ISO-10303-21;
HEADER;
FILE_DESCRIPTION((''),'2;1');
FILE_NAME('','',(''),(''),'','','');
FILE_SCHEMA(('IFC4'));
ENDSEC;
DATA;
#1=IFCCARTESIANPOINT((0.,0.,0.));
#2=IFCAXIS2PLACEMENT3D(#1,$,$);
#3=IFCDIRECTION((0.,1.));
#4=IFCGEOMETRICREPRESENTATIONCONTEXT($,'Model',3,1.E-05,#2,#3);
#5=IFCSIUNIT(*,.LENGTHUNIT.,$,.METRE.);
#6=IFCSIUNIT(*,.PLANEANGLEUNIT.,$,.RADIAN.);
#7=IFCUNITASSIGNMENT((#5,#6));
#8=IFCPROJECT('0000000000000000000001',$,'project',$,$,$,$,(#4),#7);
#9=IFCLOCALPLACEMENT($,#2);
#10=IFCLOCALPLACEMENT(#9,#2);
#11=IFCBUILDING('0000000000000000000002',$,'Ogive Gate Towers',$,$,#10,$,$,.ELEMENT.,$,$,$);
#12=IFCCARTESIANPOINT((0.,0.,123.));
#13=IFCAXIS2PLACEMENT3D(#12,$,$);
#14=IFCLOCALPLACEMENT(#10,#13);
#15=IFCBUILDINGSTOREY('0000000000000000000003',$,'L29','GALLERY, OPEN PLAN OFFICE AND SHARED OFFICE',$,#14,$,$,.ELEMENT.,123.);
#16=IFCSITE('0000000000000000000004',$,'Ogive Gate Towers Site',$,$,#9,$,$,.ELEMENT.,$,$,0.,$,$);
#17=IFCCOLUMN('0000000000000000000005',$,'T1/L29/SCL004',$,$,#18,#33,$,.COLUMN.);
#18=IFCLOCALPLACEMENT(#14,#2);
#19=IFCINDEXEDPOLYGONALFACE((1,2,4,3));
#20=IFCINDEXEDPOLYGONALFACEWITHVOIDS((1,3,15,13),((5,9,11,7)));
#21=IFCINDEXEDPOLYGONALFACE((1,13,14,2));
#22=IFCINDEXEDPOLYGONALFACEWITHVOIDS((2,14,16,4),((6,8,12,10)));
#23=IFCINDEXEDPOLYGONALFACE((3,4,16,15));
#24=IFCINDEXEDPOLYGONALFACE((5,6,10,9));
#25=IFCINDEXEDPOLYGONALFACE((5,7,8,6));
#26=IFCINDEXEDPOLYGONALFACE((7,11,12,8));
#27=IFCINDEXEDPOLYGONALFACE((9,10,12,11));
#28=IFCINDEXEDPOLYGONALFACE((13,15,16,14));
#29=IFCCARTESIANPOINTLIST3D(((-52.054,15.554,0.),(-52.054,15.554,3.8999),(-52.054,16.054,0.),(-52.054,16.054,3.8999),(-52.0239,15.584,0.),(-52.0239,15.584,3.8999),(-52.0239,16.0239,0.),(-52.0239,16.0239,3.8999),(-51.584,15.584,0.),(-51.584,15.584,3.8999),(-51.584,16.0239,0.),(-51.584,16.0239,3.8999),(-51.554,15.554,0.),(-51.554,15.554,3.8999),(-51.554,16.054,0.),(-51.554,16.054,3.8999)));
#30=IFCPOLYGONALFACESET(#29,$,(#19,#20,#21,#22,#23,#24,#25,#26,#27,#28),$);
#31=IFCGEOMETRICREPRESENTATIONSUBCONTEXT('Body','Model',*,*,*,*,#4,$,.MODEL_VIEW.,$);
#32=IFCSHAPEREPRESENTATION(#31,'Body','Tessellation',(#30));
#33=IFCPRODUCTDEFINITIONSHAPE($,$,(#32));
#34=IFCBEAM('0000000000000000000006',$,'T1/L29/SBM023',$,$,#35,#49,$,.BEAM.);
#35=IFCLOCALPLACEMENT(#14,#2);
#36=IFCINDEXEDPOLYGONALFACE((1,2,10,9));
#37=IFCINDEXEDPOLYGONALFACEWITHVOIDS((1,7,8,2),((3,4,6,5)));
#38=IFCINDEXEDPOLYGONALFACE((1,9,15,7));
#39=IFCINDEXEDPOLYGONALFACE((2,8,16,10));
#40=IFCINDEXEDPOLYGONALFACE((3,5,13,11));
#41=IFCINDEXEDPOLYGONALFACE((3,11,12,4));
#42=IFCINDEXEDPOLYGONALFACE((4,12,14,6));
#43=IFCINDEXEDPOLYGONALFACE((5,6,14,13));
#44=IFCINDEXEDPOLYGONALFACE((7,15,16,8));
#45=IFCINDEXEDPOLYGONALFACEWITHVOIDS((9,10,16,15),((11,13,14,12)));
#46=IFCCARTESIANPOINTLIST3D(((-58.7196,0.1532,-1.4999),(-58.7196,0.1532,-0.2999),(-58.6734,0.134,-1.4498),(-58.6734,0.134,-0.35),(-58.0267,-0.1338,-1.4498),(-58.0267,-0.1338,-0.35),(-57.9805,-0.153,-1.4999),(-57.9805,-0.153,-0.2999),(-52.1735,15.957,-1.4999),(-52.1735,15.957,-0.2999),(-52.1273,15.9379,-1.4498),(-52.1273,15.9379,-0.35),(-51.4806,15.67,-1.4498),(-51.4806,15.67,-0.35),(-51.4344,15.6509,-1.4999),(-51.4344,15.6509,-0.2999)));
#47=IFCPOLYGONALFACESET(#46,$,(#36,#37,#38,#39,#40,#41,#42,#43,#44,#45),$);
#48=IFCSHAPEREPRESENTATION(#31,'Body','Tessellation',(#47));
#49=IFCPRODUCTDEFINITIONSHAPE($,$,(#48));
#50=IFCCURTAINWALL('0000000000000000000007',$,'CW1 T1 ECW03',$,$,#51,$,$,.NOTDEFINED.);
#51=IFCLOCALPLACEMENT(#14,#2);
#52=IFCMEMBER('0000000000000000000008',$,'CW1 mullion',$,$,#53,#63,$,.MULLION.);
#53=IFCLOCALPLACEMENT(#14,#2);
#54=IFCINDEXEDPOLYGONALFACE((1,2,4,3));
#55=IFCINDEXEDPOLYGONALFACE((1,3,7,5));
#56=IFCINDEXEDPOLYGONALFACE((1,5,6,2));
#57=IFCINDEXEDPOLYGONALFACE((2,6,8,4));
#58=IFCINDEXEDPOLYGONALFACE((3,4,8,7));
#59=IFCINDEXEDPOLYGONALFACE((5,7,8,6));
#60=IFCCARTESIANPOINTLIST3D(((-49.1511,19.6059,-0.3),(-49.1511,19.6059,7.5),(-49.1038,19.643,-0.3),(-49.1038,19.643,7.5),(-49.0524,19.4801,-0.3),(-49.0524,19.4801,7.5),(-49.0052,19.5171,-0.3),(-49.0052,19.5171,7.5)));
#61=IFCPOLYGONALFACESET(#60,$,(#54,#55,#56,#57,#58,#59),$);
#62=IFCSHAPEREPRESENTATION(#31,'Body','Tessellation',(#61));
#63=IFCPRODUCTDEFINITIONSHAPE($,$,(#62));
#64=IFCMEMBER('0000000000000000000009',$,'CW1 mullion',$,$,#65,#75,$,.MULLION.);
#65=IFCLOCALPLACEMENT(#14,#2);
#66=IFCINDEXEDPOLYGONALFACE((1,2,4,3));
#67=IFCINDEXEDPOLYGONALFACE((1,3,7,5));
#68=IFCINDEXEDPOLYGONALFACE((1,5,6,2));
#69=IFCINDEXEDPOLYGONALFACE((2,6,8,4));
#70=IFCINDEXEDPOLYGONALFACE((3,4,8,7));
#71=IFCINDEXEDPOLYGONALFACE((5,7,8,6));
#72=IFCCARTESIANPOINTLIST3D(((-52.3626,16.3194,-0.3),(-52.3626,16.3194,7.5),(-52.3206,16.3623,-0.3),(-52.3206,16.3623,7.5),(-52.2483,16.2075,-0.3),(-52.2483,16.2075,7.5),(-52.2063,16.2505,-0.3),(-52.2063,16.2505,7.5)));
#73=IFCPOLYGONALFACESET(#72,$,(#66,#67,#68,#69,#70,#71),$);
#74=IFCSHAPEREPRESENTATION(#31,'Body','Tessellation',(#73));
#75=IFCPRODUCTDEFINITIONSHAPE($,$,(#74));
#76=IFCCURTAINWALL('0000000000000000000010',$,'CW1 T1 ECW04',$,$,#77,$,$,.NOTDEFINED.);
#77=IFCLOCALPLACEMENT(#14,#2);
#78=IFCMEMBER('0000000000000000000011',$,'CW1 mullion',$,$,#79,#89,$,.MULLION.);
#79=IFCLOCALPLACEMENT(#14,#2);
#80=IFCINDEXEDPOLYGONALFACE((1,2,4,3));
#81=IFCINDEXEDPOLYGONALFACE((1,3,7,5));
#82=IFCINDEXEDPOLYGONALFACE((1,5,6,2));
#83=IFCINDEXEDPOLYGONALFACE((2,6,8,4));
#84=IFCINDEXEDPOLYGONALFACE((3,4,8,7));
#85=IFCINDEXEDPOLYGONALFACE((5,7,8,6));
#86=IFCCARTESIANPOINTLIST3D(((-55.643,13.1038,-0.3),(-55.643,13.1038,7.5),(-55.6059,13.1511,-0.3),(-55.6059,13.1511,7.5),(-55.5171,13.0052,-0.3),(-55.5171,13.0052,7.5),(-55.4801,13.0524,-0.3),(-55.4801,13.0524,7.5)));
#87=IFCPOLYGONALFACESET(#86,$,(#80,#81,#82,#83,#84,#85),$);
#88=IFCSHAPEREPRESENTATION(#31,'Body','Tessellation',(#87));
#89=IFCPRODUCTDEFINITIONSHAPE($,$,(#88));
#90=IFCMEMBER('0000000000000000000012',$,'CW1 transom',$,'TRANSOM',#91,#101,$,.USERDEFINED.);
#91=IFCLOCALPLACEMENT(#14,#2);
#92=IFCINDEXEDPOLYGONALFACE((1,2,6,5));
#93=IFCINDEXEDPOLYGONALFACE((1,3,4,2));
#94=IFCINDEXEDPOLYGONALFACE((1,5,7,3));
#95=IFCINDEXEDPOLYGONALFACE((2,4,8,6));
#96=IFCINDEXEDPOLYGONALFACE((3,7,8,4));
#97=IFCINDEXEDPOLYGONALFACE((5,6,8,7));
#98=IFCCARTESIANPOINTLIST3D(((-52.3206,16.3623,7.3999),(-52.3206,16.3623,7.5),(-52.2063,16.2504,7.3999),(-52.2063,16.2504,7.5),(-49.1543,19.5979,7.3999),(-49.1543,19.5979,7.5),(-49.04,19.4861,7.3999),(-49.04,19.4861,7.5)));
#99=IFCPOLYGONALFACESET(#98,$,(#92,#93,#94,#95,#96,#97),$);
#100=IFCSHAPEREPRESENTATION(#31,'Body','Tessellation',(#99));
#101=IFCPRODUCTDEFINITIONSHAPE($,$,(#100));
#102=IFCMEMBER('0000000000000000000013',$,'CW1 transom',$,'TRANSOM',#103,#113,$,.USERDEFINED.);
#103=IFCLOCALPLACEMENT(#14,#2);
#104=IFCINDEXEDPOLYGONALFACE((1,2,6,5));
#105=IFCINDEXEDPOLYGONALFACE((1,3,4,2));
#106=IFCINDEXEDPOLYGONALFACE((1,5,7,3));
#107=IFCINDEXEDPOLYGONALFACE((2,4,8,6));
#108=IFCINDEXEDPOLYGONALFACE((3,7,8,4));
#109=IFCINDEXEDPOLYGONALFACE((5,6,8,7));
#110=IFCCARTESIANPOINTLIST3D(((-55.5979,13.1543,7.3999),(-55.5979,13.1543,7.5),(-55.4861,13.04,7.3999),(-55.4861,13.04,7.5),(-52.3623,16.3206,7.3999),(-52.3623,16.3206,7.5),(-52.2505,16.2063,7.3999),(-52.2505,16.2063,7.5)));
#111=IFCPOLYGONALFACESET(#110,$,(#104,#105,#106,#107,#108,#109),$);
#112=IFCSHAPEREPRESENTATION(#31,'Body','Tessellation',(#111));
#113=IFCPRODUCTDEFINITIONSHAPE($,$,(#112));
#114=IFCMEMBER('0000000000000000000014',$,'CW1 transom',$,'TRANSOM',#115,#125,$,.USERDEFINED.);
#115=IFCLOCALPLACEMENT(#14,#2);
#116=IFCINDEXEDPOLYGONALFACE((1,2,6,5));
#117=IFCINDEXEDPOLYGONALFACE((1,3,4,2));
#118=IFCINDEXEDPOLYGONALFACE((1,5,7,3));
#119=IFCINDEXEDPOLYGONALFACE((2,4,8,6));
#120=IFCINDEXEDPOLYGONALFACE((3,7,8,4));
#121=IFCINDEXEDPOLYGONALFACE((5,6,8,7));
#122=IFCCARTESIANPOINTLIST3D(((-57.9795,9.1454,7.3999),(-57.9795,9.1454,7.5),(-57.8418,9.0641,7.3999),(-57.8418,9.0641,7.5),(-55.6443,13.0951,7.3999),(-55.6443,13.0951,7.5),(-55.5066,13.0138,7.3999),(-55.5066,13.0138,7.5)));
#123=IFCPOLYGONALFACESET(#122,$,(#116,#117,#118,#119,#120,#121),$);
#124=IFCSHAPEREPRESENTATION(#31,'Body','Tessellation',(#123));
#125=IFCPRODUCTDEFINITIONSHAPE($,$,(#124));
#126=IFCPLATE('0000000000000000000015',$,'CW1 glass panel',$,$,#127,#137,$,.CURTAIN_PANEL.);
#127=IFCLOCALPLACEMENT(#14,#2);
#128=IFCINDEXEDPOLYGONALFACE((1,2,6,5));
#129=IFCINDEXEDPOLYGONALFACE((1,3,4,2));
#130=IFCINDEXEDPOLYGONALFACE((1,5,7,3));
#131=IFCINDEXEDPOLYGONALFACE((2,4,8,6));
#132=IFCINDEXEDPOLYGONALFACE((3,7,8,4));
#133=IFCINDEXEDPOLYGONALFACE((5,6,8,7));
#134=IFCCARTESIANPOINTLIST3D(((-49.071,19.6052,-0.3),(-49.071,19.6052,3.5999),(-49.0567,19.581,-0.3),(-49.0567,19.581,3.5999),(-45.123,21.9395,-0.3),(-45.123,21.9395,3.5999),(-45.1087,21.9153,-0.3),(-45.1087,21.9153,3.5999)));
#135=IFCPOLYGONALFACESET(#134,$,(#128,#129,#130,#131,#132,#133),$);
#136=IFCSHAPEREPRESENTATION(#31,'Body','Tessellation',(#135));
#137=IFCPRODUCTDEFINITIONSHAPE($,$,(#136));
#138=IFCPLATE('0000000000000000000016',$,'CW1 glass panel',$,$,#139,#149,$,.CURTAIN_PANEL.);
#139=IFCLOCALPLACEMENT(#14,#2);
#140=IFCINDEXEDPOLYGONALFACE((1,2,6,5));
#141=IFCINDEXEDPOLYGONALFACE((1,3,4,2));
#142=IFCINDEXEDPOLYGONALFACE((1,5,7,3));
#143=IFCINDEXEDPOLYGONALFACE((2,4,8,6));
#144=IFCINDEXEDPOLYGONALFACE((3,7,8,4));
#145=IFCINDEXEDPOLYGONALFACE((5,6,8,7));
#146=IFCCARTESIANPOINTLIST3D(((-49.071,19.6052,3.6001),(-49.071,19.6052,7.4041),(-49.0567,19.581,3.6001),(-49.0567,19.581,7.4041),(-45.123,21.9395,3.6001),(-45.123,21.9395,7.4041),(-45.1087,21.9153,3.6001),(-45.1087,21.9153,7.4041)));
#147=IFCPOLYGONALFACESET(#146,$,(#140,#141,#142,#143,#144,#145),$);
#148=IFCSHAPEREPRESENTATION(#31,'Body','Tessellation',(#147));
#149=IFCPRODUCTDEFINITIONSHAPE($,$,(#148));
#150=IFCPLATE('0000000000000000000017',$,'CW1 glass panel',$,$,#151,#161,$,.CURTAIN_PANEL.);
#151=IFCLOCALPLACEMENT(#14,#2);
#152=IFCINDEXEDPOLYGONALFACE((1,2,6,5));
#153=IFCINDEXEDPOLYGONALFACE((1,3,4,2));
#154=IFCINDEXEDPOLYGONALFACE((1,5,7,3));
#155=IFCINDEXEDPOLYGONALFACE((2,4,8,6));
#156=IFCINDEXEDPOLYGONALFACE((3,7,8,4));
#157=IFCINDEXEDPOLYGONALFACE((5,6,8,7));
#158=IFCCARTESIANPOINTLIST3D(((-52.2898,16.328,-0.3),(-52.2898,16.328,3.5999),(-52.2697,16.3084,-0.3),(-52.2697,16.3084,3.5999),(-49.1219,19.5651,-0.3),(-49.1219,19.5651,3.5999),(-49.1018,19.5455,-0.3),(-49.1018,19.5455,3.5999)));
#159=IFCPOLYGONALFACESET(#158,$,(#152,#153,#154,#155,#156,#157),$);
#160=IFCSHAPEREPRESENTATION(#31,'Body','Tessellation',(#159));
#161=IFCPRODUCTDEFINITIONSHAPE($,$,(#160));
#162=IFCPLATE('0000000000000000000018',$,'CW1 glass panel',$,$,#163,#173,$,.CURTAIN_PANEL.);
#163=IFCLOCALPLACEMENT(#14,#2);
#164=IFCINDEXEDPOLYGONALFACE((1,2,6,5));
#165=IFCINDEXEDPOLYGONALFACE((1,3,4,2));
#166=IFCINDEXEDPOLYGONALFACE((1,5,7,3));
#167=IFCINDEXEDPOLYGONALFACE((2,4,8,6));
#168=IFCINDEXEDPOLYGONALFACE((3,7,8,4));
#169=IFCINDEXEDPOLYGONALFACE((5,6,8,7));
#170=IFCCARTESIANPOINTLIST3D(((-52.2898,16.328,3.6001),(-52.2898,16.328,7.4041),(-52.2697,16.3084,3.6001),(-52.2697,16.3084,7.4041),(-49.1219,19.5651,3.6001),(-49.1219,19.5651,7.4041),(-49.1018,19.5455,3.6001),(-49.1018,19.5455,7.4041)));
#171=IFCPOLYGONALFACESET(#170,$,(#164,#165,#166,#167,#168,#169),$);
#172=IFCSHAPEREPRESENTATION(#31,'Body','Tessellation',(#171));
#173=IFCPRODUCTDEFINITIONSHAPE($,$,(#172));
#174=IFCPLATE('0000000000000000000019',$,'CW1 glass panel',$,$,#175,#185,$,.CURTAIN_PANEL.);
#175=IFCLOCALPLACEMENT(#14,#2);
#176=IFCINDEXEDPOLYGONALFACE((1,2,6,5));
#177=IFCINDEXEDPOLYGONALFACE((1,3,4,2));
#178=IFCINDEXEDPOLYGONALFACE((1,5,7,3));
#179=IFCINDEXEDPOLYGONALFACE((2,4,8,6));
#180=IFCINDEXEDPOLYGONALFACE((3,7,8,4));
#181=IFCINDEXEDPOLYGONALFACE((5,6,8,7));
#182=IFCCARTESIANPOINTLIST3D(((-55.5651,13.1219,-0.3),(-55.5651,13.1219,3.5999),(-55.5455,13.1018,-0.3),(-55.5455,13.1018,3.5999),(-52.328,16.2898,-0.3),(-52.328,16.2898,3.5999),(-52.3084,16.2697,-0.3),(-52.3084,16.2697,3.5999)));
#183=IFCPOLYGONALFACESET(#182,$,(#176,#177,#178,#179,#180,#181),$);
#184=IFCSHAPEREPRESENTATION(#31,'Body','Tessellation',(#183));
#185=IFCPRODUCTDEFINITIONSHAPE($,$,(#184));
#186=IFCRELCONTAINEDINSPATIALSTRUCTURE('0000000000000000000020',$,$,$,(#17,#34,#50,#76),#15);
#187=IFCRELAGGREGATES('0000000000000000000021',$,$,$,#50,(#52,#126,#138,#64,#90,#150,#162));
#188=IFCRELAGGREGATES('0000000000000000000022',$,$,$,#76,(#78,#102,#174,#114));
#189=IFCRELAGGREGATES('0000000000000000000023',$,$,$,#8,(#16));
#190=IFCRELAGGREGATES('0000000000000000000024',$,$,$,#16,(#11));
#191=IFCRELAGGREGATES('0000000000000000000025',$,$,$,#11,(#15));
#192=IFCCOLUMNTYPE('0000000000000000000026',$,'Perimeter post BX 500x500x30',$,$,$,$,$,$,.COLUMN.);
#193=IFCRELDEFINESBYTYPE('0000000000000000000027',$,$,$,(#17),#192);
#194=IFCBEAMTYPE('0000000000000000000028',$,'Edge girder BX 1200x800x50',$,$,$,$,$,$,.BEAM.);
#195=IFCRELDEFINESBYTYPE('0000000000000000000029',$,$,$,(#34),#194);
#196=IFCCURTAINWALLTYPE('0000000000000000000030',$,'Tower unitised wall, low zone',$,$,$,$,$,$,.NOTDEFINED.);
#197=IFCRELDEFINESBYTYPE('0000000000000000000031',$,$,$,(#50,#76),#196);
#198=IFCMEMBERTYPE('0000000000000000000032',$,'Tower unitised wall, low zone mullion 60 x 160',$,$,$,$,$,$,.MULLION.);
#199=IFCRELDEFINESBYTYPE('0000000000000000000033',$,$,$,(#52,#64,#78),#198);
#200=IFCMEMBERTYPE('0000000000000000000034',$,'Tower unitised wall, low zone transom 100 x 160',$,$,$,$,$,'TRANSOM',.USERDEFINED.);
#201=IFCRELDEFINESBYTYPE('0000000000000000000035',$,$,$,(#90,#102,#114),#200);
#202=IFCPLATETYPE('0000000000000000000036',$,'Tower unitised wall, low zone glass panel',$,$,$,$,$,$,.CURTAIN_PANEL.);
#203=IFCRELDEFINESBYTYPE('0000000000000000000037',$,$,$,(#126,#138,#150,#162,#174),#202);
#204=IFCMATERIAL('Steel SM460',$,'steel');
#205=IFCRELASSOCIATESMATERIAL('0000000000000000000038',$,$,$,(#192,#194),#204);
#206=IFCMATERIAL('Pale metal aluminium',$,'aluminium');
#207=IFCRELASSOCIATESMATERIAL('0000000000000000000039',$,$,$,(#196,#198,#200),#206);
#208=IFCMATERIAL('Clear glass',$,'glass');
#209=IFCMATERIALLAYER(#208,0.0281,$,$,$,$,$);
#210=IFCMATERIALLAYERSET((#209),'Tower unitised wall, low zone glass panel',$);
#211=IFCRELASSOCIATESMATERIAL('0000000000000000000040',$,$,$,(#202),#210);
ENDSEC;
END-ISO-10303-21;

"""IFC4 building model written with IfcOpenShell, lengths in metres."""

from ifc_helpers import new_model, si_unit, direction, frame, origin, origin_2d, place, context, subcontext, project, spatial, rectangle, hollow_rectangle, extrude, material, layer, layer_set, material_profile, profile_set, type_object, element, aggregate, save


model = new_model("IFC4")

# Units and contexts
model_context = context("Model", 3, precision=1e-05, world=origin(), true_north=direction((0.0, 1.0)))
body_context = subcontext(model_context, "Body", "Model", "MODEL_VIEW")
ifc_project = project(units=[si_unit("LENGTHUNIT", "METRE"), si_unit("PLANEANGLEUNIT", "RADIAN")], contexts=[model_context])

# Site, building, storey
site_placement = place(None, origin())
site = spatial("IfcSite", under=ifc_project, at=site_placement, Name="Ogive Gate Towers Site", CompositionType="ELEMENT", RefElevation=0.0)
building_placement = place(site_placement, origin())
building = spatial("IfcBuilding", under=site, at=building_placement, Name="Ogive Gate Towers", CompositionType="ELEMENT")
storey_placement = place(building_placement, frame((0.0, 0.0, 123.0)))
storey = spatial("IfcBuildingStorey", under=building, at=storey_placement, Name="L29", Description="GALLERY, OPEN PLAN OFFICE AND SHARED OFFICE", CompositionType="ELEMENT", Elevation=123.0)

# Column
ifc_material_1 = material(Name="Steel SM460", Category="steel")
ifc_material_profile_1 = material_profile(ifc_material_1, hollow_rectangle(XDim=0.5, YDim=0.5, WallThickness=0.03, at=origin_2d()), Name="BX 500x500x30")
ifc_profile_set_1 = profile_set([ifc_material_profile_1], Name="Steel SM460")
column_type = type_object("IfcColumnType", Name="Perimeter post BX 500x500x30", PredefinedType="COLUMN", material=ifc_profile_set_1)
column_placement = place(storey_placement, frame((-51.804, 15.804, 0.0), z_axis=(0.0, 0.0, 1.0), x_axis=(1.0, 0.0, 0.0)))
element("IfcColumn", 1, at=column_placement, inside=storey, type_object=column_type, Name="T1/L29/SCL004", PredefinedType="COLUMN", context=body_context, shape_type="SweptSolid", body=[
    extrude(hollow_rectangle(XDim=0.5, YDim=0.5, WallThickness=0.03, at=origin_2d()), origin(), (0.0, 0.0, 1.0), 3.8999),
])

# Beam
ifc_material_profile_2 = material_profile(ifc_material_1, hollow_rectangle(XDim=0.8, YDim=1.2, WallThickness=0.05, at=origin_2d()), Name="BX 1200x800x50")
ifc_profile_set_2 = profile_set([ifc_material_profile_2], Name="Steel SM460")
beam_type = type_object("IfcBeamType", Name="Edge girder BX 1200x800x50", PredefinedType="BEAM", material=ifc_profile_set_2)
beam_placement = place(storey_placement, frame((-51.804, 15.804, -0.8999), z_axis=(-0.38268, -0.923881, 0.0), x_axis=(0.923881, -0.38268, 0.0)))
element("IfcBeam", 2, at=beam_placement, inside=storey, type_object=beam_type, Name="T1/L29/SBM023", PredefinedType="BEAM", context=body_context, shape_type="SweptSolid", body=[
    extrude(hollow_rectangle(XDim=0.8, YDim=1.2, WallThickness=0.05, at=origin_2d()), origin(), (0.0, 0.0, 1.0), 17.106),
])

# Curtain wall, members
ifc_material_2 = material(Name="Pale metal aluminium", Category="aluminium")
curtain_wall_type = type_object("IfcCurtainWallType", Name="Tower unitised wall, low zone", PredefinedType="NOTDEFINED", material=ifc_material_2)
curtain_wall_1_placement = place(storey_placement, origin())
curtain_wall_1 = element("IfcCurtainWall", 3, at=curtain_wall_1_placement, inside=storey, type_object=curtain_wall_type, Name="CW1 T1 ECW03", PredefinedType="NOTDEFINED")
ifc_material_profile_3 = material_profile(ifc_material_2, rectangle(XDim=0.1599, YDim=0.0601, at=origin_2d()), Name="60 x 160 aluminium box")
ifc_profile_set_3 = profile_set([ifc_material_profile_3], Name="Pale metal aluminium")
member_type_1 = type_object("IfcMemberType", Name="Tower unitised wall, low zone mullion 60 x 160", PredefinedType="MULLION", material=ifc_profile_set_3)
member_1_placement = place(storey_placement, frame((-49.0781, 19.5615, -0.3), z_axis=(0.0, 0.0, 1.0), x_axis=(-0.617132, 0.78686, 0.0)))
member_1 = element("IfcMember", 4, at=member_1_placement, type_object=member_type_1, Name="CW1 mullion", PredefinedType="MULLION", context=body_context, shape_type="SweptSolid", body=[
    extrude(rectangle(XDim=0.1599, YDim=0.0601, at=origin_2d()), origin(), (0.0, 0.0, 1.0), 7.8),
])
member_2_placement = place(storey_placement, frame((-52.2844, 16.2849, -0.3), z_axis=(0.0, 0.0, 1.0), x_axis=(-0.714705, 0.699426, 0.0)))
member_2 = element("IfcMember", 5, at=member_2_placement, type_object=member_type_1, Name="CW1 mullion", PredefinedType="MULLION", context=body_context, shape_type="SweptSolid", body=[
    extrude(rectangle(XDim=0.1599, YDim=0.0601, at=origin_2d()), origin(), (0.0, 0.0, 1.0), 7.8),
])

# Curtain wall, member
curtain_wall_2_placement = place(storey_placement, origin())
curtain_wall_2 = element("IfcCurtainWall", 6, at=curtain_wall_2_placement, inside=storey, type_object=curtain_wall_type, Name="CW1 T1 ECW04", PredefinedType="NOTDEFINED")
member_3_placement = place(storey_placement, frame((-55.5615, 13.0781, -0.3), z_axis=(0.0, 0.0, 1.0), x_axis=(-0.78686, 0.617132, 0.0)))
member_3 = element("IfcMember", 7, at=member_3_placement, type_object=member_type_1, Name="CW1 mullion", PredefinedType="MULLION", context=body_context, shape_type="SweptSolid", body=[
    extrude(rectangle(XDim=0.1599, YDim=0.0601, at=origin_2d()), origin(), (0.0, 0.0, 1.0), 7.8),
])

# Members
ifc_material_profile_4 = material_profile(ifc_material_2, rectangle(XDim=0.1599, YDim=0.1001, at=origin_2d()), Name="100 x 160 aluminium box")
ifc_profile_set_4 = profile_set([ifc_material_profile_4], Name="Pale metal aluminium")
member_type_2 = type_object("IfcMemberType", Name="Tower unitised wall, low zone transom 100 x 160", ElementType="TRANSOM", PredefinedType="USERDEFINED", material=ifc_profile_set_4)
member_4_placement = place(storey_placement, frame((-49.0972, 19.542, 7.45), z_axis=(-0.699407, -0.714723, 0.0), x_axis=(0.714723, -0.699407, 0.0)))
member_4 = element("IfcMember", 8, at=member_4_placement, type_object=member_type_2, Name="CW1 transom", ObjectType="TRANSOM", PredefinedType="USERDEFINED", context=body_context, shape_type="SweptSolid", body=[
    extrude(rectangle(XDim=0.1599, YDim=0.1001, at=origin_2d()), origin(), (0.0, 0.0, 1.0), 4.5271),
])
member_5_placement = place(storey_placement, frame((-52.3064, 16.2634, 7.45), z_axis=(-0.714723, -0.699407, 0.0), x_axis=(0.699407, -0.714723, 0.0)))
member_5 = element("IfcMember", 9, at=member_5_placement, type_object=member_type_2, Name="CW1 transom", ObjectType="TRANSOM", PredefinedType="USERDEFINED", context=body_context, shape_type="SweptSolid", body=[
    extrude(rectangle(XDim=0.1599, YDim=0.1001, at=origin_2d()), origin(), (0.0, 0.0, 1.0), 4.5271),
])
member_6_placement = place(storey_placement, frame((-55.5754, 13.0544, 7.45), z_axis=(-0.508937, -0.860804, 0.0), x_axis=(0.860804, -0.508937, 0.0)))
member_6 = element("IfcMember", 10, at=member_6_placement, type_object=member_type_2, Name="CW1 transom", ObjectType="TRANSOM", PredefinedType="USERDEFINED", context=body_context, shape_type="SweptSolid", body=[
    extrude(rectangle(XDim=0.1599, YDim=0.1001, at=origin_2d()), origin(), (0.0, 0.0, 1.0), 4.5884),
])

# Plates
ifc_material_3 = material(Name="Clear glass", Category="glass")
ifc_layer_1 = layer(ifc_material_3, 0.0281)
ifc_layer_set_1 = layer_set([ifc_layer_1], Name="Tower unitised wall, low zone glass panel")
plate_type = type_object("IfcPlateType", Name="Tower unitised wall, low zone glass panel", PredefinedType="CURTAIN_PANEL", material=ifc_layer_set_1)
plate_1_placement = place(storey_placement, frame((-47.0898, 20.7603, -0.3), z_axis=(0.0, 0.0, 1.0), x_axis=(-0.860795, -0.508951, 0.0)))
plate_1 = element("IfcPlate", 11, at=plate_1_placement, type_object=plate_type, Name="CW1 glass panel", PredefinedType="CURTAIN_PANEL", context=body_context, shape_type="SweptSolid", body=[
    extrude(rectangle(XDim=4.5864, YDim=0.0281, at=origin_2d()), origin(), (0.0, 0.0, 1.0), 3.8999),
])
plate_2_placement = place(storey_placement, frame((-47.0898, 20.7603, 3.6001), z_axis=(0.0, 0.0, 1.0), x_axis=(-0.860795, -0.508951, 0.0)))
plate_2 = element("IfcPlate", 12, at=plate_2_placement, type_object=plate_type, Name="CW1 glass panel", PredefinedType="CURTAIN_PANEL", context=body_context, shape_type="SweptSolid", body=[
    extrude(rectangle(XDim=4.5864, YDim=0.0281, at=origin_2d()), origin(), (0.0, 0.0, 1.0), 3.804),
])
plate_3_placement = place(storey_placement, frame((-50.6958, 17.9368, -0.3), z_axis=(0.0, 0.0, 1.0), x_axis=(-0.699426, -0.714705, 0.0)))
plate_3 = element("IfcPlate", 13, at=plate_3_placement, type_object=plate_type, Name="CW1 glass panel", PredefinedType="CURTAIN_PANEL", context=body_context, shape_type="SweptSolid", body=[
    extrude(rectangle(XDim=4.5293, YDim=0.0281, at=origin_2d()), origin(), (0.0, 0.0, 1.0), 3.8999),
])
plate_4_placement = place(storey_placement, frame((-50.6958, 17.9368, 3.6001), z_axis=(0.0, 0.0, 1.0), x_axis=(-0.699426, -0.714705, 0.0)))
plate_4 = element("IfcPlate", 14, at=plate_4_placement, type_object=plate_type, Name="CW1 glass panel", PredefinedType="CURTAIN_PANEL", context=body_context, shape_type="SweptSolid", body=[
    extrude(rectangle(XDim=4.5293, YDim=0.0281, at=origin_2d()), origin(), (0.0, 0.0, 1.0), 3.804),
])
aggregate(curtain_wall_1, [member_1, plate_1, plate_2, member_2, member_4, plate_3, plate_4])
plate_5_placement = place(storey_placement, frame((-53.9368, 14.6958, -0.3), z_axis=(0.0, 0.0, 1.0), x_axis=(-0.714705, -0.699426, 0.0)))
plate_5 = element("IfcPlate", 15, at=plate_5_placement, type_object=plate_type, Name="CW1 glass panel", PredefinedType="CURTAIN_PANEL", context=body_context, shape_type="SweptSolid", body=[
    extrude(rectangle(XDim=4.5293, YDim=0.0281, at=origin_2d()), origin(), (0.0, 0.0, 1.0), 3.8999),
])
aggregate(curtain_wall_2, [member_3, member_5, plate_5, member_6])

save(model, "model.ifc")
